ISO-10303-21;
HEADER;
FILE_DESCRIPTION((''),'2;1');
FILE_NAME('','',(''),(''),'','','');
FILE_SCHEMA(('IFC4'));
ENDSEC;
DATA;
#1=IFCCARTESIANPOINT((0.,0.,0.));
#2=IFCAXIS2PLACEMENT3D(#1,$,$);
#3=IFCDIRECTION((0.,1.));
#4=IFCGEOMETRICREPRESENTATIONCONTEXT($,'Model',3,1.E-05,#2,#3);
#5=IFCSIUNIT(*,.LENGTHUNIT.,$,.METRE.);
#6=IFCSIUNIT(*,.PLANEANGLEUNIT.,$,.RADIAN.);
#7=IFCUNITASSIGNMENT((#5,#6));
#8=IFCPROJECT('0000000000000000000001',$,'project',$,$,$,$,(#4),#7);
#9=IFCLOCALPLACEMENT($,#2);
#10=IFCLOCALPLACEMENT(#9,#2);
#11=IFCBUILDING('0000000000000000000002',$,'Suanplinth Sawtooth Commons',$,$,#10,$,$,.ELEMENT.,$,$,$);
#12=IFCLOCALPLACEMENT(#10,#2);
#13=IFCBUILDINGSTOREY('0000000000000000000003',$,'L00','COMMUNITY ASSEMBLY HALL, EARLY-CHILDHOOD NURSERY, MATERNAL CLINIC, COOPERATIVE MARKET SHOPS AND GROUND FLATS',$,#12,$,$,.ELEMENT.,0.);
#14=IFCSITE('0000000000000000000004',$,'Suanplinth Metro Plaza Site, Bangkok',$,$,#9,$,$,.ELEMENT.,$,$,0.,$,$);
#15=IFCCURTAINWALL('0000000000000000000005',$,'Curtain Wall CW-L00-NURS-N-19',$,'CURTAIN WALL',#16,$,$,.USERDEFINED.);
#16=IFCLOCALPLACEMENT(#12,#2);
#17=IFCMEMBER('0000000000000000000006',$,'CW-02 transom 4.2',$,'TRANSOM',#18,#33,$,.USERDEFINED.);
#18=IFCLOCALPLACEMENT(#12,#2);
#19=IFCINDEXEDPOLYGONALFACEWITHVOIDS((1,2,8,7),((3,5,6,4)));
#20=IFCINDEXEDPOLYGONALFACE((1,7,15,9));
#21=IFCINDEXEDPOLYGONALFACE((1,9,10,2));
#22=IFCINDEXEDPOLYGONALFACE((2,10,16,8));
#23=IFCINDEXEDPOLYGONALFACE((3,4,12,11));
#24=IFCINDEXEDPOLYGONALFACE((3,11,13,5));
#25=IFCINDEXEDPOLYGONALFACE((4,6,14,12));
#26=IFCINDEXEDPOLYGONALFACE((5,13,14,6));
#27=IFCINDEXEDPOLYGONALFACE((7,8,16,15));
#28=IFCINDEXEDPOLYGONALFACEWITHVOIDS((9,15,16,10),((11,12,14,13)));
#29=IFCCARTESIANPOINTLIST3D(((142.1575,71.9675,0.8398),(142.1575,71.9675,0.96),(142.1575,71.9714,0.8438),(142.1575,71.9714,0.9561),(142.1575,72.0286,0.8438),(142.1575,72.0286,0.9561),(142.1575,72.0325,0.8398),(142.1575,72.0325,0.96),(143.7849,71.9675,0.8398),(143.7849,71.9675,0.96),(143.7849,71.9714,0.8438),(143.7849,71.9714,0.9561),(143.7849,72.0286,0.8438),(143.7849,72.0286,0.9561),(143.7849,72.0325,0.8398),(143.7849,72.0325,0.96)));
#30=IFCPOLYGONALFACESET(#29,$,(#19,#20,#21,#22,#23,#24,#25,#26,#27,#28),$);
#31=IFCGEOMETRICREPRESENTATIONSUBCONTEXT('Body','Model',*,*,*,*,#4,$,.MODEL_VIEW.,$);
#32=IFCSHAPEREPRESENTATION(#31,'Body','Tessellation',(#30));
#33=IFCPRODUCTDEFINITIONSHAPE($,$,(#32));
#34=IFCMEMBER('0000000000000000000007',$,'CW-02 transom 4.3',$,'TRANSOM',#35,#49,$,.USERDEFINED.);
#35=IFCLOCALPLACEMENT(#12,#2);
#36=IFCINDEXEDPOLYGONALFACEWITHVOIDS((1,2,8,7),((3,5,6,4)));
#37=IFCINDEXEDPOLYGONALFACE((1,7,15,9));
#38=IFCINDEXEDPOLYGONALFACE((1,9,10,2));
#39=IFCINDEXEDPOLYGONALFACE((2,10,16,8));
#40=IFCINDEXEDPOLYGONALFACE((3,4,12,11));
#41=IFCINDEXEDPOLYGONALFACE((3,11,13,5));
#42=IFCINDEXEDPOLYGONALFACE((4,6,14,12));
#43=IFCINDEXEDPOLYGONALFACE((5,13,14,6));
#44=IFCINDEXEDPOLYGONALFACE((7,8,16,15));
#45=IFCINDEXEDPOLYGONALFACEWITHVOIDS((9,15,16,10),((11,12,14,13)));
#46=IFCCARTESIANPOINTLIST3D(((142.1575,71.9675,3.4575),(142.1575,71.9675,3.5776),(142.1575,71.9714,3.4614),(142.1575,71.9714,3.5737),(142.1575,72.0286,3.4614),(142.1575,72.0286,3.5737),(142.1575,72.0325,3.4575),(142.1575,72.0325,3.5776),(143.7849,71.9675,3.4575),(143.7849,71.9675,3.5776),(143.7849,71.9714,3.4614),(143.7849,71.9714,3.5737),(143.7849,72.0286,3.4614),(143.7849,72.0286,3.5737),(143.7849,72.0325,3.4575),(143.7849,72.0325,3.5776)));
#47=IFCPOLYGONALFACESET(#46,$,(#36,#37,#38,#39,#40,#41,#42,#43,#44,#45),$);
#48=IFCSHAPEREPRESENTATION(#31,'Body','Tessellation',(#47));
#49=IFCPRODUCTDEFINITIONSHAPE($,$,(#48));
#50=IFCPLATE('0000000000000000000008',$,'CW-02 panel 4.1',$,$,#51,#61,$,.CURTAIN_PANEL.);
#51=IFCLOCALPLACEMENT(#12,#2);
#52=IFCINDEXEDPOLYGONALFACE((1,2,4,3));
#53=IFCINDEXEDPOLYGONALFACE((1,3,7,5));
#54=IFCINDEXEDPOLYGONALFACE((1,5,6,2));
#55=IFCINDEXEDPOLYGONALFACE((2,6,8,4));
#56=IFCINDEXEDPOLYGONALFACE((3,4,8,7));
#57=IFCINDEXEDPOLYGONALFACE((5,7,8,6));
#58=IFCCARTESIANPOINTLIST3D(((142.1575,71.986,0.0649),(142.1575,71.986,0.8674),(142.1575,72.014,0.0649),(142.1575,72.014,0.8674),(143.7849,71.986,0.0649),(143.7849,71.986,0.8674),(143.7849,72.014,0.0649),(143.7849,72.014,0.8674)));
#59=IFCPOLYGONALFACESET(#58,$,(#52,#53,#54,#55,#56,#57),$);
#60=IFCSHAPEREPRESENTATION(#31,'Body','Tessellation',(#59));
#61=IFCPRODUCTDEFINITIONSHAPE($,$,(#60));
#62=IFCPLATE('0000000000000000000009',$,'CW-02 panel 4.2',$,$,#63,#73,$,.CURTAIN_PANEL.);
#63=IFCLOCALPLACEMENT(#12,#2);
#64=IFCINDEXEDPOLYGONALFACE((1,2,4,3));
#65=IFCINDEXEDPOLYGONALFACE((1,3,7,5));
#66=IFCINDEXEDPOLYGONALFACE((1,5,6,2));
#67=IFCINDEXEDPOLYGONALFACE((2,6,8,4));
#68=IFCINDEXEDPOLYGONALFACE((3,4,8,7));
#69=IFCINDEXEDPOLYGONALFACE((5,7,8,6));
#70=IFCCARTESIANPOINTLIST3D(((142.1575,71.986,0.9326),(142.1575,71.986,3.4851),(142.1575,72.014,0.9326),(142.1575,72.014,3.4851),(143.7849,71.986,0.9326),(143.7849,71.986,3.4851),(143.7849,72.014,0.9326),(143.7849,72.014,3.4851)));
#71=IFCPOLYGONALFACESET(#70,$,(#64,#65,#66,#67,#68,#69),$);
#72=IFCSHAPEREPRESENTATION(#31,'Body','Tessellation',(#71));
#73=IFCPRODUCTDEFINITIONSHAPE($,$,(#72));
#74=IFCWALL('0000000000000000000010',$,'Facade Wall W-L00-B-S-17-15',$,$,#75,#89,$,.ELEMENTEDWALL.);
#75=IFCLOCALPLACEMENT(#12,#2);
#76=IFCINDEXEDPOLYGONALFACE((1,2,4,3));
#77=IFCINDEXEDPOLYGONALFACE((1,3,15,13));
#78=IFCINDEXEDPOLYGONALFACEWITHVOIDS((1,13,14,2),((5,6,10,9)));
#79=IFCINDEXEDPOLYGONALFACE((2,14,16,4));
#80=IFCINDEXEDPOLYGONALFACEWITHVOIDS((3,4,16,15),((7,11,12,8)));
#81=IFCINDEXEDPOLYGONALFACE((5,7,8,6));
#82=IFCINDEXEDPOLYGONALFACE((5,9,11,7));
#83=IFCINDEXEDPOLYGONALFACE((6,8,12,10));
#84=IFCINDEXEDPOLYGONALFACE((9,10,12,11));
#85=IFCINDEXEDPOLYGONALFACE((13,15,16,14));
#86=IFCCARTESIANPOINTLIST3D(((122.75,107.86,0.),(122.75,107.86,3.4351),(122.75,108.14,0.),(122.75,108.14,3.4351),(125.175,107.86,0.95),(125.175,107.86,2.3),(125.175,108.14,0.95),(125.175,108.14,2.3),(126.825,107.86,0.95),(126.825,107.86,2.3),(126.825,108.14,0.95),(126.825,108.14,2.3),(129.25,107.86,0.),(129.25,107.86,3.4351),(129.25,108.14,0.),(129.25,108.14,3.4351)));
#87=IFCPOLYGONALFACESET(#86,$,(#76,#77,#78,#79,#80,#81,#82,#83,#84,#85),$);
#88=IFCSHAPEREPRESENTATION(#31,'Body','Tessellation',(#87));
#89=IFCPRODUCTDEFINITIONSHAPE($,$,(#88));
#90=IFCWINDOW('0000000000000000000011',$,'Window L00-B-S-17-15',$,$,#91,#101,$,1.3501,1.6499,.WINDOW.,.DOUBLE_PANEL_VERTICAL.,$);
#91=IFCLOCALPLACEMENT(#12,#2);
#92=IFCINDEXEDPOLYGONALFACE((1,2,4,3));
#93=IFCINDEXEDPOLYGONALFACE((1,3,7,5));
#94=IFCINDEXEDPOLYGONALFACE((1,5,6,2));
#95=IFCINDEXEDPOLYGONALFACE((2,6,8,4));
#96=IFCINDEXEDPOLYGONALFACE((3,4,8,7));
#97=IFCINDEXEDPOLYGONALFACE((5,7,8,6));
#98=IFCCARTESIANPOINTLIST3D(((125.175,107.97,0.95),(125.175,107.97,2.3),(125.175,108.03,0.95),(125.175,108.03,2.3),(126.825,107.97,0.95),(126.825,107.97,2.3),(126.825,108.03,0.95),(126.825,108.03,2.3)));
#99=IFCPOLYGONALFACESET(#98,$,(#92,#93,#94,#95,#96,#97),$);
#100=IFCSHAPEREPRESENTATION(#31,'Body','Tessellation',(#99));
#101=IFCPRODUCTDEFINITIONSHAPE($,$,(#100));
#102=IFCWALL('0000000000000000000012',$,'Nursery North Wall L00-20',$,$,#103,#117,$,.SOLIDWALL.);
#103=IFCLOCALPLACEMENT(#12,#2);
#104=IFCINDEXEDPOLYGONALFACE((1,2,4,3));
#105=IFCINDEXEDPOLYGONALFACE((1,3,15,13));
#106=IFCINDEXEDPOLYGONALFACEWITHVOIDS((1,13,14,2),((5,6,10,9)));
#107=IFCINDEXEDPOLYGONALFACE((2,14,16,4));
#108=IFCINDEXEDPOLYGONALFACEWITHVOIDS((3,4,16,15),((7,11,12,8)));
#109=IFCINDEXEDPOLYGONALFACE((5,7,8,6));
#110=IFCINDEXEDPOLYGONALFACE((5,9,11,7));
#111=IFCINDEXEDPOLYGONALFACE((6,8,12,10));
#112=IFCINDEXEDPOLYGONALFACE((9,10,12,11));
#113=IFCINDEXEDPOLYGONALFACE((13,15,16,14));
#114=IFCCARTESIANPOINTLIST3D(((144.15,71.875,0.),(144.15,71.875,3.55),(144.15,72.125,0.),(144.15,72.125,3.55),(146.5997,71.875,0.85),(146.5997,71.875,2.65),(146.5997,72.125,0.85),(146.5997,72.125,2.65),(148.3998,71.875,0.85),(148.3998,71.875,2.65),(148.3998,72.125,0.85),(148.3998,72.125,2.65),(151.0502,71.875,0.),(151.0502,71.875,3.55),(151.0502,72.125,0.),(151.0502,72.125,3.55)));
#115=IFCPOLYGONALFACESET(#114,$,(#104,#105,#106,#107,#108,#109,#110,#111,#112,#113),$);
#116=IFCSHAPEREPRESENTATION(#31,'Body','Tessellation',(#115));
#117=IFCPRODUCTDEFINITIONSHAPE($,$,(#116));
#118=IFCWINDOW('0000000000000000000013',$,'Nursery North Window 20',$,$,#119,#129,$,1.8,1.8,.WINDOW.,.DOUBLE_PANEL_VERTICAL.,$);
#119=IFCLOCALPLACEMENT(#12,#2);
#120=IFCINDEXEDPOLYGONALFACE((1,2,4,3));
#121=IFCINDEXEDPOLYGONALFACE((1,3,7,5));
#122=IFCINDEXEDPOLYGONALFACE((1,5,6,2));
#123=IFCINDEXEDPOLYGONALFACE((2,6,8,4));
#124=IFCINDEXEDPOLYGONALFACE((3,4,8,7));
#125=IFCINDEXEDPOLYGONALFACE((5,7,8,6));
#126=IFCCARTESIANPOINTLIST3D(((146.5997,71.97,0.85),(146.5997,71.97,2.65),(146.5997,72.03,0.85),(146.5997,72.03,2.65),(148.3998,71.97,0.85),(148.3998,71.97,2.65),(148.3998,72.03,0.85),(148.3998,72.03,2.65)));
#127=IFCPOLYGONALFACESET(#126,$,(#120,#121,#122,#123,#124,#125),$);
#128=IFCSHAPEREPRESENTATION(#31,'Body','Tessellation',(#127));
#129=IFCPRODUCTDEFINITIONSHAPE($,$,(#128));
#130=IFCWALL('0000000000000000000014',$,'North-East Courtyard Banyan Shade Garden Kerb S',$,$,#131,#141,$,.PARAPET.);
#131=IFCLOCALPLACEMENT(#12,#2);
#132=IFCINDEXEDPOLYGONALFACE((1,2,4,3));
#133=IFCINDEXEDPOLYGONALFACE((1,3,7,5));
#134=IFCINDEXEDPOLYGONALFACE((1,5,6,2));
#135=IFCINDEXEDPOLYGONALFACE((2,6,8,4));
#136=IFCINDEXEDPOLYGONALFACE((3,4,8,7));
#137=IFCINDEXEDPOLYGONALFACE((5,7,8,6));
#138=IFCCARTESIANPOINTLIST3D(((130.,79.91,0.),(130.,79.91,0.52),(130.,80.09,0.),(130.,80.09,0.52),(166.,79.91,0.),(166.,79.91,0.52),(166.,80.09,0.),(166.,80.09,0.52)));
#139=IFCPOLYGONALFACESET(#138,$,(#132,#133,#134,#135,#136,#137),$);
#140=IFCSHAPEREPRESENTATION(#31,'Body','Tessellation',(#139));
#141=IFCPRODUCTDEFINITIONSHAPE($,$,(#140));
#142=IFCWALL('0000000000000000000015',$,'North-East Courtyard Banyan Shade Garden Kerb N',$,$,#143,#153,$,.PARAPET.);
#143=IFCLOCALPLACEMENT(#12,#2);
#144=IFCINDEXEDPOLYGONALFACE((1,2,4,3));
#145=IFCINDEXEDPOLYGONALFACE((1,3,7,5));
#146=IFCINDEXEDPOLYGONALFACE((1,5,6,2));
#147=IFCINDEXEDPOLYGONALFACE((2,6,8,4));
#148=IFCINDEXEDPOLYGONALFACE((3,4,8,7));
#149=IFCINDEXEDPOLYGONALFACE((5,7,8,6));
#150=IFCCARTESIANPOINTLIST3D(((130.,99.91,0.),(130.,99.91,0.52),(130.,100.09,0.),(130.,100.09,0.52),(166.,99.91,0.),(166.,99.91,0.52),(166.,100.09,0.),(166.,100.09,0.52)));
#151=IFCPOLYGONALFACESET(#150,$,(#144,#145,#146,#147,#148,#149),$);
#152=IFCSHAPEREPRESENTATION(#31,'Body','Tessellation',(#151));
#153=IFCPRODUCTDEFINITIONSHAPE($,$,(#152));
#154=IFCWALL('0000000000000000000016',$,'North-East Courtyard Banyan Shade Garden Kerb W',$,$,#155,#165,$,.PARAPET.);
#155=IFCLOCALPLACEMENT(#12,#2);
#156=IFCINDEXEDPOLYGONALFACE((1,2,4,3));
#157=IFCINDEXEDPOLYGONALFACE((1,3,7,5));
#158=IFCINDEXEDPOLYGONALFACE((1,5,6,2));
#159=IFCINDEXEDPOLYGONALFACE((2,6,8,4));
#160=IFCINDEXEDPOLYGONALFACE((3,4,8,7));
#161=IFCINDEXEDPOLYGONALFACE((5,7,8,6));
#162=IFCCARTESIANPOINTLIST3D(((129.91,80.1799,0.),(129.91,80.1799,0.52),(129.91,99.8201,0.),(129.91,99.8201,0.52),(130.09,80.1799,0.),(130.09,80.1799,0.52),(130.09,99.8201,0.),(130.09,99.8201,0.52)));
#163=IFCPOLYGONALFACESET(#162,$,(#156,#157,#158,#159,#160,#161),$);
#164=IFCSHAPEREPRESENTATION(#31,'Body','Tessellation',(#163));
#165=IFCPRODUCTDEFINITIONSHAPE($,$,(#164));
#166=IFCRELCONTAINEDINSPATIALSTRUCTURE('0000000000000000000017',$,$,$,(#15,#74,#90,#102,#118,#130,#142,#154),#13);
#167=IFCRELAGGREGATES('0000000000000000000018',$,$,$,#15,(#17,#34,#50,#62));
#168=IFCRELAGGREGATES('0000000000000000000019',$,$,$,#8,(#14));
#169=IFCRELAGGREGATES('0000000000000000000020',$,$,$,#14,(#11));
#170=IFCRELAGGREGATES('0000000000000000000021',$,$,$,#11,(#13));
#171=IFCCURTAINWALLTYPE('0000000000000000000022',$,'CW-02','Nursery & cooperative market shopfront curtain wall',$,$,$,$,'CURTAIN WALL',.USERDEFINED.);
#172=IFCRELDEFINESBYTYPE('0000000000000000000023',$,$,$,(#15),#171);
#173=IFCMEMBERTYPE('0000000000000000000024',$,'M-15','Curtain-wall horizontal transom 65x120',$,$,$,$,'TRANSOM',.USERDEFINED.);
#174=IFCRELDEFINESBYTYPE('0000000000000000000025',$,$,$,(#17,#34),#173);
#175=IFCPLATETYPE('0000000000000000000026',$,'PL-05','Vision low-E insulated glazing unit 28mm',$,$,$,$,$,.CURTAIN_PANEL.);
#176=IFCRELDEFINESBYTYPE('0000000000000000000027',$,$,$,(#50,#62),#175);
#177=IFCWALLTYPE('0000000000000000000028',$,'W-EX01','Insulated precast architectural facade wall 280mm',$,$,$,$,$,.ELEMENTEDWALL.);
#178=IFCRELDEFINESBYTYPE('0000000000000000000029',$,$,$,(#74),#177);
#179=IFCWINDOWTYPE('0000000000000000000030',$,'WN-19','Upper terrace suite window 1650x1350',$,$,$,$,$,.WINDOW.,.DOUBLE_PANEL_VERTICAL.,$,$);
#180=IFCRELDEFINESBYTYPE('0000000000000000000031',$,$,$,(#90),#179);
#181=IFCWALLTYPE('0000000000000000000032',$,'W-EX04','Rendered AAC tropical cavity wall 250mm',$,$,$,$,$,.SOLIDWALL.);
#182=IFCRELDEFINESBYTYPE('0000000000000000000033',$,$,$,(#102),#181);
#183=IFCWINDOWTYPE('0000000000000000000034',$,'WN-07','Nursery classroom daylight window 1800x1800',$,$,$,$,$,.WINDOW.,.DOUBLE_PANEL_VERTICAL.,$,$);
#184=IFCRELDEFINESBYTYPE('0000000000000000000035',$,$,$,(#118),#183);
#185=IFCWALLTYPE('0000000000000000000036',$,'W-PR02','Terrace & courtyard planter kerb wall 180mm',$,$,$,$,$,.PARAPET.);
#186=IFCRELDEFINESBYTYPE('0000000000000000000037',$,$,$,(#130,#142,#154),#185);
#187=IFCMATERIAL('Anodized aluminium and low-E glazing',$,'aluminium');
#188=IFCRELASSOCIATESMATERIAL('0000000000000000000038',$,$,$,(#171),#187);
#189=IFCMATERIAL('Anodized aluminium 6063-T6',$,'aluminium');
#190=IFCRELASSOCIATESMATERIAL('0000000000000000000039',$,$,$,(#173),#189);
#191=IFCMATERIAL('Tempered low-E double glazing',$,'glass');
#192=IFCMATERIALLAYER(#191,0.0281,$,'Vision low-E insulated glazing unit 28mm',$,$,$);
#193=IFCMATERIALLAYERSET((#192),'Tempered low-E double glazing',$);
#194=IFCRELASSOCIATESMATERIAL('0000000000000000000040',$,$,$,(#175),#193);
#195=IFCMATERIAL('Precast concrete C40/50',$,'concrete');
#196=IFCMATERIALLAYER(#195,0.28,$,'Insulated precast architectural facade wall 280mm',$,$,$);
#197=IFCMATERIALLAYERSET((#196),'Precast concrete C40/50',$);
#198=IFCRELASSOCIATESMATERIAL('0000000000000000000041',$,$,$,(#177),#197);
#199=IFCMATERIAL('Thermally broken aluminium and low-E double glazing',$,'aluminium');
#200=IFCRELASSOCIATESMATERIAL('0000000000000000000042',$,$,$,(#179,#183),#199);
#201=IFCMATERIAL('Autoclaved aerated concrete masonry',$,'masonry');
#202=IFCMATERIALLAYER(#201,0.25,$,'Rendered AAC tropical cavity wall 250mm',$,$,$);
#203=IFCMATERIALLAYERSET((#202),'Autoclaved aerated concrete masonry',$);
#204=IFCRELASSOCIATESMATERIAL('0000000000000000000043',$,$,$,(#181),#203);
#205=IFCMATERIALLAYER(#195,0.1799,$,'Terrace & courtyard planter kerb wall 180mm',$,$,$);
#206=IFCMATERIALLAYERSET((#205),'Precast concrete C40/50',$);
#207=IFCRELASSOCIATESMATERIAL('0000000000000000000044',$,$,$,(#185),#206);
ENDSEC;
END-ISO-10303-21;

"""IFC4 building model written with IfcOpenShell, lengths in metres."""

from ifc_helpers import new_model, si_unit, direction, frame, frame_2d, origin, origin_2d, place, context, subcontext, project, spatial, rectangle, hollow_rectangle, extrude, material, layer, layer_set, material_profile, profile_set, type_object, element, fill, aggregate, save


model = new_model("IFC4")

# Units and contexts
model_context = context("Model", 3, precision=1e-05, world=origin(), true_north=direction((0.0, 1.0)))
body_context = subcontext(model_context, "Body", "Model", "MODEL_VIEW")
ifc_project = project(units=[si_unit("LENGTHUNIT", "METRE"), si_unit("PLANEANGLEUNIT", "RADIAN")], contexts=[model_context])

# Site, building, storey
site_placement = place(None, origin())
site = spatial("IfcSite", under=ifc_project, at=site_placement, Name="Suanplinth Metro Plaza Site, Bangkok", CompositionType="ELEMENT", RefElevation=0.0)
building_placement = place(site_placement, origin())
building = spatial("IfcBuilding", under=site, at=building_placement, Name="Suanplinth Sawtooth Commons", CompositionType="ELEMENT")
storey_placement = place(building_placement, origin())
storey = spatial("IfcBuildingStorey", under=building, at=storey_placement, Name="L00", Description="COMMUNITY ASSEMBLY HALL, EARLY-CHILDHOOD NURSERY, MATERNAL CLINIC, COOPERATIVE MARKET SHOPS AND GROUND FLATS", CompositionType="ELEMENT", Elevation=0.0)

# Shared definitions
ifc_material_1 = material(Name="Precast concrete C40/50", Category="concrete")

# Curtain wall, members, plates
ifc_material_2 = material(Name="Anodized aluminium and low-E glazing", Category="aluminium")
curtain_wall_type = type_object("IfcCurtainWallType", Name="CW-02", Description="Nursery & cooperative market shopfront curtain wall", ElementType="CURTAIN WALL", PredefinedType="USERDEFINED", material=ifc_material_2)
curtain_wall_placement = place(storey_placement, origin())
curtain_wall = element("IfcCurtainWall", 1, at=curtain_wall_placement, inside=storey, type_object=curtain_wall_type, Name="Curtain Wall CW-L00-NURS-N-19", ObjectType="CURTAIN WALL", PredefinedType="USERDEFINED")
ifc_material_3 = material(Name="Anodized aluminium 6063-T6", Category="aluminium")
ifc_material_profile_1 = material_profile(ifc_material_3, hollow_rectangle(XDim=0.0649, YDim=0.1201, WallThickness=0.0039, at=origin_2d()), Name="ALU-TRN 65x120")
ifc_profile_set_1 = profile_set([ifc_material_profile_1], Name="Anodized aluminium 6063-T6")
member_type_1 = type_object("IfcMemberType", Name="M-15", Description="Curtain-wall horizontal transom 65x120", ElementType="TRANSOM", PredefinedType="USERDEFINED", material=ifc_profile_set_1)
member_1_placement = place(storey_placement, frame((142.1575, 72.0, 0.8999), z_axis=(1.0, 0.0, 0.0), x_axis=(0.0, 1.0, 0.0)))
member_1 = element("IfcMember", 2, at=member_1_placement, type_object=member_type_1, Name="CW-02 transom 4.2", ObjectType="TRANSOM", PredefinedType="USERDEFINED", context=body_context, shape_type="SweptSolid", body=[
    extrude(hollow_rectangle(XDim=0.0649, YDim=0.1201, WallThickness=0.0039, at=origin_2d()), origin(), (0.0, 0.0, 1.0), 1.6274),
])
member_2_placement = place(storey_placement, frame((142.1575, 72.0, 3.5176), z_axis=(1.0, 0.0, 0.0), x_axis=(0.0, 1.0, 0.0)))
member_2 = element("IfcMember", 3, at=member_2_placement, type_object=member_type_1, Name="CW-02 transom 4.3", ObjectType="TRANSOM", PredefinedType="USERDEFINED", context=body_context, shape_type="SweptSolid", body=[
    extrude(hollow_rectangle(XDim=0.0649, YDim=0.1201, WallThickness=0.0039, at=origin_2d()), origin(), (0.0, 0.0, 1.0), 1.6274),
])
ifc_material_4 = material(Name="Tempered low-E double glazing", Category="glass")
ifc_layer_1 = layer(ifc_material_4, 0.0281, Name="Vision low-E insulated glazing unit 28mm")
ifc_layer_set_1 = layer_set([ifc_layer_1], Name="Tempered low-E double glazing")
plate_type = type_object("IfcPlateType", Name="PL-05", Description="Vision low-E insulated glazing unit 28mm", PredefinedType="CURTAIN_PANEL", material=ifc_layer_set_1)
plate_1_placement = place(storey_placement, frame((142.9712, 72.0, 0.0649), z_axis=(0.0, 0.0, 1.0), x_axis=(1.0, 0.0, 0.0)))
plate_1 = element("IfcPlate", 4, at=plate_1_placement, type_object=plate_type, Name="CW-02 panel 4.1", PredefinedType="CURTAIN_PANEL", context=body_context, shape_type="SweptSolid", body=[
    extrude(rectangle(XDim=1.6274, YDim=0.0281, at=origin_2d()), origin(), (0.0, 0.0, 1.0), 0.8025),
])
plate_2_placement = place(storey_placement, frame((142.9712, 72.0, 0.9326), z_axis=(0.0, 0.0, 1.0), x_axis=(1.0, 0.0, 0.0)))
plate_2 = element("IfcPlate", 5, at=plate_2_placement, type_object=plate_type, Name="CW-02 panel 4.2", PredefinedType="CURTAIN_PANEL", context=body_context, shape_type="SweptSolid", body=[
    extrude(rectangle(XDim=1.6274, YDim=0.0281, at=origin_2d()), origin(), (0.0, 0.0, 1.0), 2.5525),
])
aggregate(curtain_wall, [member_1, member_2, plate_1, plate_2])

# Walls, openings, windows
ifc_layer_2 = layer(ifc_material_1, 0.28, Name="Insulated precast architectural facade wall 280mm")
ifc_layer_set_2 = layer_set([ifc_layer_2], Name="Precast concrete C40/50")
wall_type_1 = type_object("IfcWallType", Name="W-EX01", Description="Insulated precast architectural facade wall 280mm", PredefinedType="ELEMENTEDWALL", material=ifc_layer_set_2)
wall_1_placement = place(storey_placement, frame((122.75, 108.0, 0.0), z_axis=(0.0, 0.0, 1.0), x_axis=(1.0, 0.0, 0.0)))
wall_1 = element("IfcWall", 6, at=wall_1_placement, inside=storey, type_object=wall_type_1, Name="Facade Wall W-L00-B-S-17-15", PredefinedType="ELEMENTEDWALL", context=body_context, shape_type="SweptSolid", body=[
    extrude(rectangle(XDim=6.5, YDim=0.28, at=frame_2d((3.25, 0.0))), origin(), (0.0, 0.0, 1.0), 3.4351),
])
opening_1_placement = place(wall_1_placement, frame((2.425, 0.0, 0.95)))
opening_1 = element("IfcOpeningElement", 7, at=opening_1_placement, cuts=wall_1, PredefinedType="OPENING", context=body_context, shape_type="SweptSolid", body=[
    extrude(rectangle(XDim=1.6499, YDim=1.3501, at=frame_2d((0.825, 0.675))), frame((0.0, 0.1548, 0.0), z_axis=(0.0, -1.0, 0.0), x_axis=(1.0, 0.0, 0.0)), (0.0, 0.0, 1.0), 0.3098),
])
ifc_material_5 = material(Name="Thermally broken aluminium and low-E double glazing", Category="aluminium")
window_type_1 = type_object("IfcWindowType", Name="WN-19", Description="Upper terrace suite window 1650x1350", PartitioningType="DOUBLE_PANEL_VERTICAL", PredefinedType="WINDOW", material=ifc_material_5)
window_1_placement = place(opening_1_placement, origin())
window_1 = element("IfcWindow", 8, at=window_1_placement, inside=storey, type_object=window_type_1, Name="Window L00-B-S-17-15", OverallHeight=1.3501, OverallWidth=1.6499, PartitioningType="DOUBLE_PANEL_VERTICAL", PredefinedType="WINDOW", context=body_context, shape_type="SweptSolid", body=[
    extrude(rectangle(XDim=1.6499, YDim=1.3501, at=frame_2d((0.825, 0.675))), frame((0.0, 0.03, 0.0), z_axis=(0.0, -1.0, 0.0), x_axis=(1.0, 0.0, 0.0)), (0.0, 0.0, 1.0), 0.0601),
])
fill(opening_1, window_1)
ifc_material_6 = material(Name="Autoclaved aerated concrete masonry", Category="masonry")
ifc_layer_3 = layer(ifc_material_6, 0.25, Name="Rendered AAC tropical cavity wall 250mm")
ifc_layer_set_3 = layer_set([ifc_layer_3], Name="Autoclaved aerated concrete masonry")
wall_type_2 = type_object("IfcWallType", Name="W-EX04", Description="Rendered AAC tropical cavity wall 250mm", PredefinedType="SOLIDWALL", material=ifc_layer_set_3)
wall_2_placement = place(storey_placement, frame((144.1499, 72.0, 0.0), z_axis=(0.0, 0.0, 1.0), x_axis=(1.0, 0.0, 0.0)))
wall_2 = element("IfcWall", 9, at=wall_2_placement, inside=storey, type_object=wall_type_2, Name="Nursery North Wall L00-20", PredefinedType="SOLIDWALL", context=body_context, shape_type="SweptSolid", body=[
    extrude(rectangle(XDim=6.9001, YDim=0.25, at=frame_2d((3.4502, 0.0))), origin(), (0.0, 0.0, 1.0), 3.55),
])
opening_2_placement = place(wall_2_placement, frame((2.45, 0.0, 0.8501)))
opening_2 = element("IfcOpeningElement", 10, at=opening_2_placement, cuts=wall_2, PredefinedType="OPENING", context=body_context, shape_type="SweptSolid", body=[
    extrude(rectangle(XDim=1.8, YDim=1.8, at=frame_2d((0.8999, 0.8999))), frame((0.0, 0.1399, 0.0), z_axis=(0.0, -1.0, 0.0), x_axis=(1.0, 0.0, 0.0)), (0.0, 0.0, 1.0), 0.2798),
])
window_type_2 = type_object("IfcWindowType", Name="WN-07", Description="Nursery classroom daylight window 1800x1800", PartitioningType="DOUBLE_PANEL_VERTICAL", PredefinedType="WINDOW", material=ifc_material_5)
window_2_placement = place(opening_2_placement, origin())
window_2 = element("IfcWindow", 11, at=window_2_placement, inside=storey, type_object=window_type_2, Name="Nursery North Window 20", OverallHeight=1.8, OverallWidth=1.8, PartitioningType="DOUBLE_PANEL_VERTICAL", PredefinedType="WINDOW", context=body_context, shape_type="SweptSolid", body=[
    extrude(rectangle(XDim=1.8, YDim=1.8, at=frame_2d((0.8999, 0.8999))), frame((0.0, 0.03, 0.0), z_axis=(0.0, -1.0, 0.0), x_axis=(1.0, 0.0, 0.0)), (0.0, 0.0, 1.0), 0.0601),
])
fill(opening_2, window_2)

# Walls
ifc_layer_4 = layer(ifc_material_1, 0.1799, Name="Terrace & courtyard planter kerb wall 180mm")
ifc_layer_set_4 = layer_set([ifc_layer_4], Name="Precast concrete C40/50")
wall_type_3 = type_object("IfcWallType", Name="W-PR02", Description="Terrace & courtyard planter kerb wall 180mm", PredefinedType="PARAPET", material=ifc_layer_set_4)
for number, where, z_axis, x_axis, name in (
    (12, (130.0, 80.0, 0.0), (0.0, 0.0, 1.0), (1.0, 0.0, 0.0), "North-East Courtyard Banyan Shade Garden Kerb S"),
    (13, (130.0, 100.0, 0.0), (0.0, 0.0, 1.0), (1.0, 0.0, 0.0), "North-East Courtyard Banyan Shade Garden Kerb N"),
):
    element("IfcWall", number, at=place(storey_placement, frame(where, z_axis=z_axis, x_axis=x_axis)), inside=storey, type_object=wall_type_3, Name=name, PredefinedType="PARAPET", context=body_context, shape_type="SweptSolid", body=[
        extrude(rectangle(XDim=36.0, YDim=0.1799, at=frame_2d((18.0, 0.0))), origin(), (0.0, 0.0, 1.0), 0.52),
    ])
wall_3_placement = place(storey_placement, frame((130.0, 80.1799, 0.0), z_axis=(0.0, 0.0, 1.0), x_axis=(0.0, 1.0, 0.0)))
element("IfcWall", 14, at=wall_3_placement, inside=storey, type_object=wall_type_3, Name="North-East Courtyard Banyan Shade Garden Kerb W", PredefinedType="PARAPET", context=body_context, shape_type="SweptSolid", body=[
    extrude(rectangle(XDim=19.6401, YDim=0.1799, at=frame_2d((9.8201, 0.0))), origin(), (0.0, 0.0, 1.0), 0.52),
])

save(model, "model.ifc")
